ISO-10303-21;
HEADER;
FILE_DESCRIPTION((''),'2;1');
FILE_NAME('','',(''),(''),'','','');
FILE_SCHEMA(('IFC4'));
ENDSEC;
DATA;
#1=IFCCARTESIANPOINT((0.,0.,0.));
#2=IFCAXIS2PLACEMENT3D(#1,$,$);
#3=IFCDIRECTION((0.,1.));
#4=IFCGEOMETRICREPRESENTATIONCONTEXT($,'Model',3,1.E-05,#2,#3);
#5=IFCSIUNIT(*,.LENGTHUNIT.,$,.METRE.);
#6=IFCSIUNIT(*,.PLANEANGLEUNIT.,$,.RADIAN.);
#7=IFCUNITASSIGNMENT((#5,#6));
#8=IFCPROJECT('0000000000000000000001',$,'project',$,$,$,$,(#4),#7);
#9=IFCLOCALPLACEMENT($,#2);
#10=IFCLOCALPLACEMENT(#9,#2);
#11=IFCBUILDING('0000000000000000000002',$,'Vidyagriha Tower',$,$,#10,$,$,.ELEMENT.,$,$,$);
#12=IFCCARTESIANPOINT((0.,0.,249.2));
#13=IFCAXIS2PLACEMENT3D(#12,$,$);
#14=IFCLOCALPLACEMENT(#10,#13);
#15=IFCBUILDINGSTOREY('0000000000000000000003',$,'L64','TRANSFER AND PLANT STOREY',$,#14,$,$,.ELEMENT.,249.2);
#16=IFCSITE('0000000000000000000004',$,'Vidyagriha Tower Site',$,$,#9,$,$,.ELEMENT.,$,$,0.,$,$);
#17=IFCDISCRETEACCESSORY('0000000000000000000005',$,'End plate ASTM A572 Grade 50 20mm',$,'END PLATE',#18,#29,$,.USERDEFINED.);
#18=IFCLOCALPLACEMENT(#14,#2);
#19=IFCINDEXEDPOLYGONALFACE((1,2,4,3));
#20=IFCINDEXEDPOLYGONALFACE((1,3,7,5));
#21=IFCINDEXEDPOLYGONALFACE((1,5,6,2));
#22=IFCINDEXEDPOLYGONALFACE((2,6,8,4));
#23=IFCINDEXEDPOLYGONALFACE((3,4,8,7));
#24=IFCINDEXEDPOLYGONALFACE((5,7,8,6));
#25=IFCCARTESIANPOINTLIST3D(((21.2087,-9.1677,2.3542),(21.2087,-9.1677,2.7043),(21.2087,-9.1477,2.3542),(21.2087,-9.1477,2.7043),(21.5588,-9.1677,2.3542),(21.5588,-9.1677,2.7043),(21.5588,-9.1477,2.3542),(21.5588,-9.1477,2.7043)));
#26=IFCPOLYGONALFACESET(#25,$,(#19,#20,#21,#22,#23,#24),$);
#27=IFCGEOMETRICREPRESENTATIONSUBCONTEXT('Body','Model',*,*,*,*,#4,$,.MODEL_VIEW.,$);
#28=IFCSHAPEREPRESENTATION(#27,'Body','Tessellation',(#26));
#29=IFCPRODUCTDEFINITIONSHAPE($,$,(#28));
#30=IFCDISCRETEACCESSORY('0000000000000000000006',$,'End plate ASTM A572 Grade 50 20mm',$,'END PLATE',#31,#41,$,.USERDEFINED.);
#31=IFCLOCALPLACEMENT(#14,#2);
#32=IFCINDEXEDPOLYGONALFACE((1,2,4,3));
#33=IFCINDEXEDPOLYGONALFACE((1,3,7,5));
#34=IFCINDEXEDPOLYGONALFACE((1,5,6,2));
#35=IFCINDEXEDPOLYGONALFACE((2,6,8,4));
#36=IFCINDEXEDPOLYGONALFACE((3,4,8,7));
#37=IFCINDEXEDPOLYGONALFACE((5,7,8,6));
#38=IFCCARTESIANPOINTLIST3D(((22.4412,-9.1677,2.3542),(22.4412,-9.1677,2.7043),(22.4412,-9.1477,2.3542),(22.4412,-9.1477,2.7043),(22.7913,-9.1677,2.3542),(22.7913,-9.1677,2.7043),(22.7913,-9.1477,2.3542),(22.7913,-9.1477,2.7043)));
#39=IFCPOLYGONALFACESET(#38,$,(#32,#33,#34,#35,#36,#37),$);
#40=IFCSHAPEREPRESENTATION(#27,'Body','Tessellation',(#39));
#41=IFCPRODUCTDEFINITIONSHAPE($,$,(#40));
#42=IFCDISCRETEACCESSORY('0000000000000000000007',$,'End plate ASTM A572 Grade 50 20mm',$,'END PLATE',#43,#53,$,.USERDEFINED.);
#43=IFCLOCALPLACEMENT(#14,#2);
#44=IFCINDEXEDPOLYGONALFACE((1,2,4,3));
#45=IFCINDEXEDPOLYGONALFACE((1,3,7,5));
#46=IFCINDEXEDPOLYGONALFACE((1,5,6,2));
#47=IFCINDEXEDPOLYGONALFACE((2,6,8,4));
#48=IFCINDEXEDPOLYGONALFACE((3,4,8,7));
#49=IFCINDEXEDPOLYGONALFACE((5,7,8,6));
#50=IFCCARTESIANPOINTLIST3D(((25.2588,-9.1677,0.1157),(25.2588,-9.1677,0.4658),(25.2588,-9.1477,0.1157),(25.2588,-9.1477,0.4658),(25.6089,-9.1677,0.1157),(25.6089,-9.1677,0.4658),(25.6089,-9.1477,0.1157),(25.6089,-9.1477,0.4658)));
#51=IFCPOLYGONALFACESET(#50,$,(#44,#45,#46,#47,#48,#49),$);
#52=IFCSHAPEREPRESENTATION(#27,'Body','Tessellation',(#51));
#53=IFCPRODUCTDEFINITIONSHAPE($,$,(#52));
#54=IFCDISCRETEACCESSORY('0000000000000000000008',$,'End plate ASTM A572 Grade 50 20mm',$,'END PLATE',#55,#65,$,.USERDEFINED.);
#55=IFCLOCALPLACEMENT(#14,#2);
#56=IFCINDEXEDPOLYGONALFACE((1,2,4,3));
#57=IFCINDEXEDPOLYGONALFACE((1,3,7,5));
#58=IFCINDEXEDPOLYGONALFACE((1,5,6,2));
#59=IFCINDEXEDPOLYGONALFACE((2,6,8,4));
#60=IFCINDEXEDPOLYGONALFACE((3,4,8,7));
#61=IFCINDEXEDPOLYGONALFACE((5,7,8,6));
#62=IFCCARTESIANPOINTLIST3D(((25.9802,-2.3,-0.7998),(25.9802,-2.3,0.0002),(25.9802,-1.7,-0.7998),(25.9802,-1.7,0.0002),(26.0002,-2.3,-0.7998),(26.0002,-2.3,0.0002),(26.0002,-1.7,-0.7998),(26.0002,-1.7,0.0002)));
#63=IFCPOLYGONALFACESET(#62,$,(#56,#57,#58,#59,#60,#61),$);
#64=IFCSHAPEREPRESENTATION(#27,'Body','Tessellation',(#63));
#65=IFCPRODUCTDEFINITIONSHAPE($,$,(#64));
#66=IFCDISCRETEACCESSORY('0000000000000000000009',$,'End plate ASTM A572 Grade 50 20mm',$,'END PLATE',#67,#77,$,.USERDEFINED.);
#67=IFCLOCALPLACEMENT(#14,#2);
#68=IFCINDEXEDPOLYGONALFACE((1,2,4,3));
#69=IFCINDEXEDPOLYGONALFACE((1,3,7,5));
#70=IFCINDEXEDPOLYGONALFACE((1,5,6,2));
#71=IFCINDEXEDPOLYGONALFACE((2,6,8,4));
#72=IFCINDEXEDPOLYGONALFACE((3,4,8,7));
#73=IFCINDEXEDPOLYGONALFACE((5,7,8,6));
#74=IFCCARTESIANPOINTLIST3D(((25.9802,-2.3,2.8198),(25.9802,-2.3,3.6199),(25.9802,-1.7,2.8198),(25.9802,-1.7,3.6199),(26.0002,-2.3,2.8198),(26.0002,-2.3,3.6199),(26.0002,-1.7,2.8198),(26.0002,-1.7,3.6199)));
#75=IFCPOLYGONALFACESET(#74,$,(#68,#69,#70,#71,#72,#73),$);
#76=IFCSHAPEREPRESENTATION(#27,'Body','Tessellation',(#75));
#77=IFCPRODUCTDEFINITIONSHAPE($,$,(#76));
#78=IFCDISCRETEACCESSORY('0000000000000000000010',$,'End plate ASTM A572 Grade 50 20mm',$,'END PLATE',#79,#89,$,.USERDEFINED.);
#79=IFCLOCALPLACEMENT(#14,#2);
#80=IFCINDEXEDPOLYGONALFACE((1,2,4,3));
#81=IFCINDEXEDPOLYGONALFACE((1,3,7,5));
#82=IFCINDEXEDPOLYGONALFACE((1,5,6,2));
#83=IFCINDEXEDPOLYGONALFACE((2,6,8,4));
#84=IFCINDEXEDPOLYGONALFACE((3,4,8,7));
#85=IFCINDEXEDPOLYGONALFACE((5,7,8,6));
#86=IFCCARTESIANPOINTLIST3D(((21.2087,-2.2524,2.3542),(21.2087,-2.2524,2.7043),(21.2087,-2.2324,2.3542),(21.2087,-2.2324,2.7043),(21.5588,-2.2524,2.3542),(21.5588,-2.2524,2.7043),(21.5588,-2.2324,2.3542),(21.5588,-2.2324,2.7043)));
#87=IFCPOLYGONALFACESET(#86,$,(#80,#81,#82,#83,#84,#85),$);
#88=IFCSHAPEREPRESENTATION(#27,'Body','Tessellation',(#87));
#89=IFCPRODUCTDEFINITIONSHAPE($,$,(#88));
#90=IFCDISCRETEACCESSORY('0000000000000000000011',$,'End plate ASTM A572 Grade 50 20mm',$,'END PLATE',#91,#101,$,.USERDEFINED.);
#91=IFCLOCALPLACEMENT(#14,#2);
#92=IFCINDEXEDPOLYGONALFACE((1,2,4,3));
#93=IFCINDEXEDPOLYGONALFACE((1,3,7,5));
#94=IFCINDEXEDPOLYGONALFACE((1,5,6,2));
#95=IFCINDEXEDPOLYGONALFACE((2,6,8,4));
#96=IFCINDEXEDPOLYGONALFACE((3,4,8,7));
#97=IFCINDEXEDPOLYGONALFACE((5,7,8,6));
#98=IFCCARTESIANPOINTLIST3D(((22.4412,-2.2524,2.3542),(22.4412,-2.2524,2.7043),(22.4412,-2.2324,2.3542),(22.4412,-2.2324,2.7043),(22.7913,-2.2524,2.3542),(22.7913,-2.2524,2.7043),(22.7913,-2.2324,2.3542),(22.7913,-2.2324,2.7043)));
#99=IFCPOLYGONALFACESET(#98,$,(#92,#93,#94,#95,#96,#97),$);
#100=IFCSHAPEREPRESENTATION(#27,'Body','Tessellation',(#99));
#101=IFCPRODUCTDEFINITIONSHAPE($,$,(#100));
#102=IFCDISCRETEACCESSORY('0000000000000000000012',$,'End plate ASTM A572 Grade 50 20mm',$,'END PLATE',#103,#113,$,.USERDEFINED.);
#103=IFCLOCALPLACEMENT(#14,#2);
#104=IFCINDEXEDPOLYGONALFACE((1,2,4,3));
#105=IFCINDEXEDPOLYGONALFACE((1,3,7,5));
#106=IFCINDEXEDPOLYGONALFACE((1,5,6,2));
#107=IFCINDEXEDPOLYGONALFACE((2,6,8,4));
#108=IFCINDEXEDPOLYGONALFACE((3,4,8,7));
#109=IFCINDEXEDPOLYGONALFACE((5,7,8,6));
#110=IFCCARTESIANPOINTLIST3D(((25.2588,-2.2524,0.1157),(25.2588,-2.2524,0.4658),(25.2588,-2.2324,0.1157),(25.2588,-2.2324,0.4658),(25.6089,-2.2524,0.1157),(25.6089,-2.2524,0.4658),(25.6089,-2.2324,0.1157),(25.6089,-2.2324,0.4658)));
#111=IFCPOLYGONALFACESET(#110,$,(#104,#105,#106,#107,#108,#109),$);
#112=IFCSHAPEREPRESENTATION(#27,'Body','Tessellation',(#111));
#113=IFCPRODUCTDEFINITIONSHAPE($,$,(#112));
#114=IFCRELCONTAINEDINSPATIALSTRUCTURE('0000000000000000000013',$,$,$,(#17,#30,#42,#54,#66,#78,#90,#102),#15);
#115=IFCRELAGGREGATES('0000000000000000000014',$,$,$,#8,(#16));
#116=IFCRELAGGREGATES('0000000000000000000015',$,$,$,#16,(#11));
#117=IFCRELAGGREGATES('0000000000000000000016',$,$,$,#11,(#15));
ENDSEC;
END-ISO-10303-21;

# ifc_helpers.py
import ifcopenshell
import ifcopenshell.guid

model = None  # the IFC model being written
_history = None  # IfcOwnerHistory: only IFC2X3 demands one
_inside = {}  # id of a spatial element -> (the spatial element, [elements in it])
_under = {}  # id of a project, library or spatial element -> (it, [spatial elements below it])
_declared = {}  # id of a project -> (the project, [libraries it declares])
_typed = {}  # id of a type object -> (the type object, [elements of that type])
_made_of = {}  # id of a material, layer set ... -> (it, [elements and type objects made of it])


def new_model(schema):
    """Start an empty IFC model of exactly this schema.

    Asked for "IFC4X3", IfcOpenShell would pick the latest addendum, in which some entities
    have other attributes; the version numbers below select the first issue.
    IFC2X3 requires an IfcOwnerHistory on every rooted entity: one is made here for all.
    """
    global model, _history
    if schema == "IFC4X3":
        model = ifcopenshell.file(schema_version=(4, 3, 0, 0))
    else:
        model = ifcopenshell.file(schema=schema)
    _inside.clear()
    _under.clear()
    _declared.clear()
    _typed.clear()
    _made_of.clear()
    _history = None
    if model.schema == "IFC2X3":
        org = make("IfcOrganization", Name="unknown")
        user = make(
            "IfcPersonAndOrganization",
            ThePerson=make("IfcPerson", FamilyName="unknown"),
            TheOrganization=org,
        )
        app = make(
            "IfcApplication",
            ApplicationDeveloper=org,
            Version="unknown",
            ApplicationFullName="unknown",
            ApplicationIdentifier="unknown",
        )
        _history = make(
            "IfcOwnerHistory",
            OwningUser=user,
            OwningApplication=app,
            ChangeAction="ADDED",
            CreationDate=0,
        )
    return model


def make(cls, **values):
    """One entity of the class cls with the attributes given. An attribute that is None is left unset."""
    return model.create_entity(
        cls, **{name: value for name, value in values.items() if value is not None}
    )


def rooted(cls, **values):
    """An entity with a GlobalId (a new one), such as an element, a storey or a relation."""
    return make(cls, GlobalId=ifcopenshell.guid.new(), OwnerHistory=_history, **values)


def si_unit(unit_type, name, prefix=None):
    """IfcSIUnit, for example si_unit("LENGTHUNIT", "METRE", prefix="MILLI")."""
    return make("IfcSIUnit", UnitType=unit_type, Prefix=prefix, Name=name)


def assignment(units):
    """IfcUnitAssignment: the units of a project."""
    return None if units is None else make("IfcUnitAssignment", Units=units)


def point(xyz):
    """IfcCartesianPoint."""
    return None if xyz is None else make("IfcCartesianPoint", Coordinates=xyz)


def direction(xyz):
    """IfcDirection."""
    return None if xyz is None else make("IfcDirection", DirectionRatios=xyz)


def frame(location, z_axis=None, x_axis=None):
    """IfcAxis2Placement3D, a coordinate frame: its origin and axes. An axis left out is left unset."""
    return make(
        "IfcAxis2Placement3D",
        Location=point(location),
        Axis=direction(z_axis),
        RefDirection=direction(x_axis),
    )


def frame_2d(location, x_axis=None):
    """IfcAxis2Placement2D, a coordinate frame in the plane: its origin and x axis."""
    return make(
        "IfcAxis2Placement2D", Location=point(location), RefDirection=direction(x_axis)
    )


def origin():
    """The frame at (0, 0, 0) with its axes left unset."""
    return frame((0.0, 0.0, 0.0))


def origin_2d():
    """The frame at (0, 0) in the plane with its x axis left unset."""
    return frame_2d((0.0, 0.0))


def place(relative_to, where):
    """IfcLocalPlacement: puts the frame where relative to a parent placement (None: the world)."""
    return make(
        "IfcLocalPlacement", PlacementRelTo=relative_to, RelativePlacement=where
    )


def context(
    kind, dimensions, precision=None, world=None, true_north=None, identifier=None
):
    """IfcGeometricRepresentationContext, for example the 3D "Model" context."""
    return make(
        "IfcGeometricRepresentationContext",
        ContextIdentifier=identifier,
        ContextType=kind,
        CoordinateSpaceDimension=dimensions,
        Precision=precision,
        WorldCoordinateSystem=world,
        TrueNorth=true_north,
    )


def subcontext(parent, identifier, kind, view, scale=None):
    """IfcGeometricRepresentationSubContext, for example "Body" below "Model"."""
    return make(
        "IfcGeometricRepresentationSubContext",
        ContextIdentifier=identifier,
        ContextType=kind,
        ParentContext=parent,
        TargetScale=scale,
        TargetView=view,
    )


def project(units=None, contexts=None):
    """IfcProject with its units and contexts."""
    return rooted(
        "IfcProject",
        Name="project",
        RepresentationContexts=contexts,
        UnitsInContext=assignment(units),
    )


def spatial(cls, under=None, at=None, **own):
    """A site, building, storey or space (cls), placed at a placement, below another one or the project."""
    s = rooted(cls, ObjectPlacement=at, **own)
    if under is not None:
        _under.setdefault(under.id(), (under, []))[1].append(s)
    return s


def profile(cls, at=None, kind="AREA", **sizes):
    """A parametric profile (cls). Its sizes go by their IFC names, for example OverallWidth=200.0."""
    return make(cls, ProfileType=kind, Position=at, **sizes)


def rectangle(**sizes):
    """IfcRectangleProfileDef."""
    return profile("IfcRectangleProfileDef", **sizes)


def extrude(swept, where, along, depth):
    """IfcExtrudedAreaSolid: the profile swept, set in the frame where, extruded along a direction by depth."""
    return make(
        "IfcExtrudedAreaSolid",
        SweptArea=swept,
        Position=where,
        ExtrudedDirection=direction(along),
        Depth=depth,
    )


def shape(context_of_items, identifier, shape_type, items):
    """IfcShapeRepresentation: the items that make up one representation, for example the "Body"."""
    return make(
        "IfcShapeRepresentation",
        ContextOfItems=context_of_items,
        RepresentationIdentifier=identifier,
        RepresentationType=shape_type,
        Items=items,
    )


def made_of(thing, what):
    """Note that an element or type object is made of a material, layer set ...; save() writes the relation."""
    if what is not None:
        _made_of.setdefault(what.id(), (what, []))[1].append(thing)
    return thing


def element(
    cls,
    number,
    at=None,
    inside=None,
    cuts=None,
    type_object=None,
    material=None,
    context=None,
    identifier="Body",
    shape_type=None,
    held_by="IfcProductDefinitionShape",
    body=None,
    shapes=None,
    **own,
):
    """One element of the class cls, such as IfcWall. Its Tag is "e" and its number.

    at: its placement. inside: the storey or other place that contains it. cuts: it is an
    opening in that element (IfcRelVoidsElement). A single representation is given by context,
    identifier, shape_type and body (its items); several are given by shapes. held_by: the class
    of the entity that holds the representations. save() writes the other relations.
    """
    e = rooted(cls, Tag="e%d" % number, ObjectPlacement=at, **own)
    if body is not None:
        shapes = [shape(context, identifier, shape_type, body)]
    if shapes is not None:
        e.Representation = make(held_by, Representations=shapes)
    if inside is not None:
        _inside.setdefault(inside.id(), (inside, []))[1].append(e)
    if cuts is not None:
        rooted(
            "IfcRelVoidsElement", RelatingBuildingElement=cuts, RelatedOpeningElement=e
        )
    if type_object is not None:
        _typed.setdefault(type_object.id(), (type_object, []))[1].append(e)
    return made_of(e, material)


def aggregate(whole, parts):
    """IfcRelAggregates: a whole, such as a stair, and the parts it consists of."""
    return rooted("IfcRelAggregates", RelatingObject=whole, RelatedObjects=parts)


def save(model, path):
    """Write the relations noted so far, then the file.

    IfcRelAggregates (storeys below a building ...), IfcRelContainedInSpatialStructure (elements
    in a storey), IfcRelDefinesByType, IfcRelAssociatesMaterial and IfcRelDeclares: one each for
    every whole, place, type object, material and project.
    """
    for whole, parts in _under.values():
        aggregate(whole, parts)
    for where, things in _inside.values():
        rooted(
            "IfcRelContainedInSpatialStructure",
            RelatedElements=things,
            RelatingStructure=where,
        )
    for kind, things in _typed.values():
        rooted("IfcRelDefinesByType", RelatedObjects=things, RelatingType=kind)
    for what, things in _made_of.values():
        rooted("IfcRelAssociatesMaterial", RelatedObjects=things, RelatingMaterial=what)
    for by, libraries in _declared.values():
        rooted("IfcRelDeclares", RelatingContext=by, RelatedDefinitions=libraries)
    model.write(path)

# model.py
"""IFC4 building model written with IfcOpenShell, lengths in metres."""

from ifc_helpers import new_model, si_unit, direction, frame, origin, origin_2d, place, context, subcontext, project, spatial, rectangle, extrude, element, save


model = new_model("IFC4")

# Units and contexts
model_context = context("Model", 3, precision=1e-05, world=origin(), true_north=direction((0.0, 1.0)))
body_context = subcontext(model_context, "Body", "Model", "MODEL_VIEW")
ifc_project = project(units=[si_unit("LENGTHUNIT", "METRE"), si_unit("PLANEANGLEUNIT", "RADIAN")], contexts=[model_context])

# Site, building, storey
site_placement = place(None, origin())
site = spatial("IfcSite", under=ifc_project, at=site_placement, Name="Vidyagriha Tower Site", CompositionType="ELEMENT", RefElevation=0.0)
building_placement = place(site_placement, origin())
building = spatial("IfcBuilding", under=site, at=building_placement, Name="Vidyagriha Tower", CompositionType="ELEMENT")
storey_placement = place(building_placement, frame((0.0, 0.0, 249.2)))
storey = spatial("IfcBuildingStorey", under=building, at=storey_placement, Name="L64", Description="TRANSFER AND PLANT STOREY", CompositionType="ELEMENT", Elevation=249.2)

# Discrete accessories
discrete_accessory_1_placement = place(storey_placement, frame((21.3838, -9.1577, 2.3542)))
element("IfcDiscreteAccessory", 1, at=discrete_accessory_1_placement, inside=storey, Name="End plate ASTM A572 Grade 50 20mm", ObjectType="END PLATE", PredefinedType="USERDEFINED", context=body_context, shape_type="SweptSolid", body=[
    extrude(rectangle(XDim=0.3501, YDim=0.02, at=origin_2d()), origin(), (0.0, 0.0, 1.0), 0.3501),
])
discrete_accessory_2_placement = place(storey_placement, frame((22.6162, -9.1577, 2.3542), z_axis=(0.0, 0.0, 1.0), x_axis=(-1.0, 0.0, 0.0)))
element("IfcDiscreteAccessory", 2, at=discrete_accessory_2_placement, inside=storey, Name="End plate ASTM A572 Grade 50 20mm", ObjectType="END PLATE", PredefinedType="USERDEFINED", context=body_context, shape_type="SweptSolid", body=[
    extrude(rectangle(XDim=0.3501, YDim=0.02, at=origin_2d()), origin(), (0.0, 0.0, 1.0), 0.3501),
])
discrete_accessory_3_placement = place(storey_placement, frame((25.4338, -9.1577, 0.1157)))
element("IfcDiscreteAccessory", 3, at=discrete_accessory_3_placement, inside=storey, Name="End plate ASTM A572 Grade 50 20mm", ObjectType="END PLATE", PredefinedType="USERDEFINED", context=body_context, shape_type="SweptSolid", body=[
    extrude(rectangle(XDim=0.3501, YDim=0.02, at=origin_2d()), origin(), (0.0, 0.0, 1.0), 0.3501),
])
for number, where, name in (
    (4, (25.9902, -2.0, -0.7998), "End plate ASTM A572 Grade 50 20mm"),
    (5, (25.9902, -2.0, 2.8198), "End plate ASTM A572 Grade 50 20mm"),
):
    element("IfcDiscreteAccessory", number, at=place(storey_placement, frame(where)), inside=storey, Name=name, ObjectType="END PLATE", PredefinedType="USERDEFINED", context=body_context, shape_type="SweptSolid", body=[
        extrude(rectangle(XDim=0.02, YDim=0.6001, at=origin_2d()), origin(), (0.0, 0.0, 1.0), 0.8),
    ])
discrete_accessory_4_placement = place(storey_placement, frame((21.3838, -2.2424, 2.3542)))
element("IfcDiscreteAccessory", 6, at=discrete_accessory_4_placement, inside=storey, Name="End plate ASTM A572 Grade 50 20mm", ObjectType="END PLATE", PredefinedType="USERDEFINED", context=body_context, shape_type="SweptSolid", body=[
    extrude(rectangle(XDim=0.3501, YDim=0.02, at=origin_2d()), origin(), (0.0, 0.0, 1.0), 0.3501),
])
discrete_accessory_5_placement = place(storey_placement, frame((22.6162, -2.2424, 2.3542), z_axis=(0.0, 0.0, 1.0), x_axis=(-1.0, 0.0, 0.0)))
element("IfcDiscreteAccessory", 7, at=discrete_accessory_5_placement, inside=storey, Name="End plate ASTM A572 Grade 50 20mm", ObjectType="END PLATE", PredefinedType="USERDEFINED", context=body_context, shape_type="SweptSolid", body=[
    extrude(rectangle(XDim=0.3501, YDim=0.02, at=origin_2d()), origin(), (0.0, 0.0, 1.0), 0.3501),
])
discrete_accessory_6_placement = place(storey_placement, frame((25.4338, -2.2424, 0.1157)))
element("IfcDiscreteAccessory", 8, at=discrete_accessory_6_placement, inside=storey, Name="End plate ASTM A572 Grade 50 20mm", ObjectType="END PLATE", PredefinedType="USERDEFINED", context=body_context, shape_type="SweptSolid", body=[
    extrude(rectangle(XDim=0.3501, YDim=0.02, at=origin_2d()), origin(), (0.0, 0.0, 1.0), 0.3501),
])

save(model, "model.ifc")
